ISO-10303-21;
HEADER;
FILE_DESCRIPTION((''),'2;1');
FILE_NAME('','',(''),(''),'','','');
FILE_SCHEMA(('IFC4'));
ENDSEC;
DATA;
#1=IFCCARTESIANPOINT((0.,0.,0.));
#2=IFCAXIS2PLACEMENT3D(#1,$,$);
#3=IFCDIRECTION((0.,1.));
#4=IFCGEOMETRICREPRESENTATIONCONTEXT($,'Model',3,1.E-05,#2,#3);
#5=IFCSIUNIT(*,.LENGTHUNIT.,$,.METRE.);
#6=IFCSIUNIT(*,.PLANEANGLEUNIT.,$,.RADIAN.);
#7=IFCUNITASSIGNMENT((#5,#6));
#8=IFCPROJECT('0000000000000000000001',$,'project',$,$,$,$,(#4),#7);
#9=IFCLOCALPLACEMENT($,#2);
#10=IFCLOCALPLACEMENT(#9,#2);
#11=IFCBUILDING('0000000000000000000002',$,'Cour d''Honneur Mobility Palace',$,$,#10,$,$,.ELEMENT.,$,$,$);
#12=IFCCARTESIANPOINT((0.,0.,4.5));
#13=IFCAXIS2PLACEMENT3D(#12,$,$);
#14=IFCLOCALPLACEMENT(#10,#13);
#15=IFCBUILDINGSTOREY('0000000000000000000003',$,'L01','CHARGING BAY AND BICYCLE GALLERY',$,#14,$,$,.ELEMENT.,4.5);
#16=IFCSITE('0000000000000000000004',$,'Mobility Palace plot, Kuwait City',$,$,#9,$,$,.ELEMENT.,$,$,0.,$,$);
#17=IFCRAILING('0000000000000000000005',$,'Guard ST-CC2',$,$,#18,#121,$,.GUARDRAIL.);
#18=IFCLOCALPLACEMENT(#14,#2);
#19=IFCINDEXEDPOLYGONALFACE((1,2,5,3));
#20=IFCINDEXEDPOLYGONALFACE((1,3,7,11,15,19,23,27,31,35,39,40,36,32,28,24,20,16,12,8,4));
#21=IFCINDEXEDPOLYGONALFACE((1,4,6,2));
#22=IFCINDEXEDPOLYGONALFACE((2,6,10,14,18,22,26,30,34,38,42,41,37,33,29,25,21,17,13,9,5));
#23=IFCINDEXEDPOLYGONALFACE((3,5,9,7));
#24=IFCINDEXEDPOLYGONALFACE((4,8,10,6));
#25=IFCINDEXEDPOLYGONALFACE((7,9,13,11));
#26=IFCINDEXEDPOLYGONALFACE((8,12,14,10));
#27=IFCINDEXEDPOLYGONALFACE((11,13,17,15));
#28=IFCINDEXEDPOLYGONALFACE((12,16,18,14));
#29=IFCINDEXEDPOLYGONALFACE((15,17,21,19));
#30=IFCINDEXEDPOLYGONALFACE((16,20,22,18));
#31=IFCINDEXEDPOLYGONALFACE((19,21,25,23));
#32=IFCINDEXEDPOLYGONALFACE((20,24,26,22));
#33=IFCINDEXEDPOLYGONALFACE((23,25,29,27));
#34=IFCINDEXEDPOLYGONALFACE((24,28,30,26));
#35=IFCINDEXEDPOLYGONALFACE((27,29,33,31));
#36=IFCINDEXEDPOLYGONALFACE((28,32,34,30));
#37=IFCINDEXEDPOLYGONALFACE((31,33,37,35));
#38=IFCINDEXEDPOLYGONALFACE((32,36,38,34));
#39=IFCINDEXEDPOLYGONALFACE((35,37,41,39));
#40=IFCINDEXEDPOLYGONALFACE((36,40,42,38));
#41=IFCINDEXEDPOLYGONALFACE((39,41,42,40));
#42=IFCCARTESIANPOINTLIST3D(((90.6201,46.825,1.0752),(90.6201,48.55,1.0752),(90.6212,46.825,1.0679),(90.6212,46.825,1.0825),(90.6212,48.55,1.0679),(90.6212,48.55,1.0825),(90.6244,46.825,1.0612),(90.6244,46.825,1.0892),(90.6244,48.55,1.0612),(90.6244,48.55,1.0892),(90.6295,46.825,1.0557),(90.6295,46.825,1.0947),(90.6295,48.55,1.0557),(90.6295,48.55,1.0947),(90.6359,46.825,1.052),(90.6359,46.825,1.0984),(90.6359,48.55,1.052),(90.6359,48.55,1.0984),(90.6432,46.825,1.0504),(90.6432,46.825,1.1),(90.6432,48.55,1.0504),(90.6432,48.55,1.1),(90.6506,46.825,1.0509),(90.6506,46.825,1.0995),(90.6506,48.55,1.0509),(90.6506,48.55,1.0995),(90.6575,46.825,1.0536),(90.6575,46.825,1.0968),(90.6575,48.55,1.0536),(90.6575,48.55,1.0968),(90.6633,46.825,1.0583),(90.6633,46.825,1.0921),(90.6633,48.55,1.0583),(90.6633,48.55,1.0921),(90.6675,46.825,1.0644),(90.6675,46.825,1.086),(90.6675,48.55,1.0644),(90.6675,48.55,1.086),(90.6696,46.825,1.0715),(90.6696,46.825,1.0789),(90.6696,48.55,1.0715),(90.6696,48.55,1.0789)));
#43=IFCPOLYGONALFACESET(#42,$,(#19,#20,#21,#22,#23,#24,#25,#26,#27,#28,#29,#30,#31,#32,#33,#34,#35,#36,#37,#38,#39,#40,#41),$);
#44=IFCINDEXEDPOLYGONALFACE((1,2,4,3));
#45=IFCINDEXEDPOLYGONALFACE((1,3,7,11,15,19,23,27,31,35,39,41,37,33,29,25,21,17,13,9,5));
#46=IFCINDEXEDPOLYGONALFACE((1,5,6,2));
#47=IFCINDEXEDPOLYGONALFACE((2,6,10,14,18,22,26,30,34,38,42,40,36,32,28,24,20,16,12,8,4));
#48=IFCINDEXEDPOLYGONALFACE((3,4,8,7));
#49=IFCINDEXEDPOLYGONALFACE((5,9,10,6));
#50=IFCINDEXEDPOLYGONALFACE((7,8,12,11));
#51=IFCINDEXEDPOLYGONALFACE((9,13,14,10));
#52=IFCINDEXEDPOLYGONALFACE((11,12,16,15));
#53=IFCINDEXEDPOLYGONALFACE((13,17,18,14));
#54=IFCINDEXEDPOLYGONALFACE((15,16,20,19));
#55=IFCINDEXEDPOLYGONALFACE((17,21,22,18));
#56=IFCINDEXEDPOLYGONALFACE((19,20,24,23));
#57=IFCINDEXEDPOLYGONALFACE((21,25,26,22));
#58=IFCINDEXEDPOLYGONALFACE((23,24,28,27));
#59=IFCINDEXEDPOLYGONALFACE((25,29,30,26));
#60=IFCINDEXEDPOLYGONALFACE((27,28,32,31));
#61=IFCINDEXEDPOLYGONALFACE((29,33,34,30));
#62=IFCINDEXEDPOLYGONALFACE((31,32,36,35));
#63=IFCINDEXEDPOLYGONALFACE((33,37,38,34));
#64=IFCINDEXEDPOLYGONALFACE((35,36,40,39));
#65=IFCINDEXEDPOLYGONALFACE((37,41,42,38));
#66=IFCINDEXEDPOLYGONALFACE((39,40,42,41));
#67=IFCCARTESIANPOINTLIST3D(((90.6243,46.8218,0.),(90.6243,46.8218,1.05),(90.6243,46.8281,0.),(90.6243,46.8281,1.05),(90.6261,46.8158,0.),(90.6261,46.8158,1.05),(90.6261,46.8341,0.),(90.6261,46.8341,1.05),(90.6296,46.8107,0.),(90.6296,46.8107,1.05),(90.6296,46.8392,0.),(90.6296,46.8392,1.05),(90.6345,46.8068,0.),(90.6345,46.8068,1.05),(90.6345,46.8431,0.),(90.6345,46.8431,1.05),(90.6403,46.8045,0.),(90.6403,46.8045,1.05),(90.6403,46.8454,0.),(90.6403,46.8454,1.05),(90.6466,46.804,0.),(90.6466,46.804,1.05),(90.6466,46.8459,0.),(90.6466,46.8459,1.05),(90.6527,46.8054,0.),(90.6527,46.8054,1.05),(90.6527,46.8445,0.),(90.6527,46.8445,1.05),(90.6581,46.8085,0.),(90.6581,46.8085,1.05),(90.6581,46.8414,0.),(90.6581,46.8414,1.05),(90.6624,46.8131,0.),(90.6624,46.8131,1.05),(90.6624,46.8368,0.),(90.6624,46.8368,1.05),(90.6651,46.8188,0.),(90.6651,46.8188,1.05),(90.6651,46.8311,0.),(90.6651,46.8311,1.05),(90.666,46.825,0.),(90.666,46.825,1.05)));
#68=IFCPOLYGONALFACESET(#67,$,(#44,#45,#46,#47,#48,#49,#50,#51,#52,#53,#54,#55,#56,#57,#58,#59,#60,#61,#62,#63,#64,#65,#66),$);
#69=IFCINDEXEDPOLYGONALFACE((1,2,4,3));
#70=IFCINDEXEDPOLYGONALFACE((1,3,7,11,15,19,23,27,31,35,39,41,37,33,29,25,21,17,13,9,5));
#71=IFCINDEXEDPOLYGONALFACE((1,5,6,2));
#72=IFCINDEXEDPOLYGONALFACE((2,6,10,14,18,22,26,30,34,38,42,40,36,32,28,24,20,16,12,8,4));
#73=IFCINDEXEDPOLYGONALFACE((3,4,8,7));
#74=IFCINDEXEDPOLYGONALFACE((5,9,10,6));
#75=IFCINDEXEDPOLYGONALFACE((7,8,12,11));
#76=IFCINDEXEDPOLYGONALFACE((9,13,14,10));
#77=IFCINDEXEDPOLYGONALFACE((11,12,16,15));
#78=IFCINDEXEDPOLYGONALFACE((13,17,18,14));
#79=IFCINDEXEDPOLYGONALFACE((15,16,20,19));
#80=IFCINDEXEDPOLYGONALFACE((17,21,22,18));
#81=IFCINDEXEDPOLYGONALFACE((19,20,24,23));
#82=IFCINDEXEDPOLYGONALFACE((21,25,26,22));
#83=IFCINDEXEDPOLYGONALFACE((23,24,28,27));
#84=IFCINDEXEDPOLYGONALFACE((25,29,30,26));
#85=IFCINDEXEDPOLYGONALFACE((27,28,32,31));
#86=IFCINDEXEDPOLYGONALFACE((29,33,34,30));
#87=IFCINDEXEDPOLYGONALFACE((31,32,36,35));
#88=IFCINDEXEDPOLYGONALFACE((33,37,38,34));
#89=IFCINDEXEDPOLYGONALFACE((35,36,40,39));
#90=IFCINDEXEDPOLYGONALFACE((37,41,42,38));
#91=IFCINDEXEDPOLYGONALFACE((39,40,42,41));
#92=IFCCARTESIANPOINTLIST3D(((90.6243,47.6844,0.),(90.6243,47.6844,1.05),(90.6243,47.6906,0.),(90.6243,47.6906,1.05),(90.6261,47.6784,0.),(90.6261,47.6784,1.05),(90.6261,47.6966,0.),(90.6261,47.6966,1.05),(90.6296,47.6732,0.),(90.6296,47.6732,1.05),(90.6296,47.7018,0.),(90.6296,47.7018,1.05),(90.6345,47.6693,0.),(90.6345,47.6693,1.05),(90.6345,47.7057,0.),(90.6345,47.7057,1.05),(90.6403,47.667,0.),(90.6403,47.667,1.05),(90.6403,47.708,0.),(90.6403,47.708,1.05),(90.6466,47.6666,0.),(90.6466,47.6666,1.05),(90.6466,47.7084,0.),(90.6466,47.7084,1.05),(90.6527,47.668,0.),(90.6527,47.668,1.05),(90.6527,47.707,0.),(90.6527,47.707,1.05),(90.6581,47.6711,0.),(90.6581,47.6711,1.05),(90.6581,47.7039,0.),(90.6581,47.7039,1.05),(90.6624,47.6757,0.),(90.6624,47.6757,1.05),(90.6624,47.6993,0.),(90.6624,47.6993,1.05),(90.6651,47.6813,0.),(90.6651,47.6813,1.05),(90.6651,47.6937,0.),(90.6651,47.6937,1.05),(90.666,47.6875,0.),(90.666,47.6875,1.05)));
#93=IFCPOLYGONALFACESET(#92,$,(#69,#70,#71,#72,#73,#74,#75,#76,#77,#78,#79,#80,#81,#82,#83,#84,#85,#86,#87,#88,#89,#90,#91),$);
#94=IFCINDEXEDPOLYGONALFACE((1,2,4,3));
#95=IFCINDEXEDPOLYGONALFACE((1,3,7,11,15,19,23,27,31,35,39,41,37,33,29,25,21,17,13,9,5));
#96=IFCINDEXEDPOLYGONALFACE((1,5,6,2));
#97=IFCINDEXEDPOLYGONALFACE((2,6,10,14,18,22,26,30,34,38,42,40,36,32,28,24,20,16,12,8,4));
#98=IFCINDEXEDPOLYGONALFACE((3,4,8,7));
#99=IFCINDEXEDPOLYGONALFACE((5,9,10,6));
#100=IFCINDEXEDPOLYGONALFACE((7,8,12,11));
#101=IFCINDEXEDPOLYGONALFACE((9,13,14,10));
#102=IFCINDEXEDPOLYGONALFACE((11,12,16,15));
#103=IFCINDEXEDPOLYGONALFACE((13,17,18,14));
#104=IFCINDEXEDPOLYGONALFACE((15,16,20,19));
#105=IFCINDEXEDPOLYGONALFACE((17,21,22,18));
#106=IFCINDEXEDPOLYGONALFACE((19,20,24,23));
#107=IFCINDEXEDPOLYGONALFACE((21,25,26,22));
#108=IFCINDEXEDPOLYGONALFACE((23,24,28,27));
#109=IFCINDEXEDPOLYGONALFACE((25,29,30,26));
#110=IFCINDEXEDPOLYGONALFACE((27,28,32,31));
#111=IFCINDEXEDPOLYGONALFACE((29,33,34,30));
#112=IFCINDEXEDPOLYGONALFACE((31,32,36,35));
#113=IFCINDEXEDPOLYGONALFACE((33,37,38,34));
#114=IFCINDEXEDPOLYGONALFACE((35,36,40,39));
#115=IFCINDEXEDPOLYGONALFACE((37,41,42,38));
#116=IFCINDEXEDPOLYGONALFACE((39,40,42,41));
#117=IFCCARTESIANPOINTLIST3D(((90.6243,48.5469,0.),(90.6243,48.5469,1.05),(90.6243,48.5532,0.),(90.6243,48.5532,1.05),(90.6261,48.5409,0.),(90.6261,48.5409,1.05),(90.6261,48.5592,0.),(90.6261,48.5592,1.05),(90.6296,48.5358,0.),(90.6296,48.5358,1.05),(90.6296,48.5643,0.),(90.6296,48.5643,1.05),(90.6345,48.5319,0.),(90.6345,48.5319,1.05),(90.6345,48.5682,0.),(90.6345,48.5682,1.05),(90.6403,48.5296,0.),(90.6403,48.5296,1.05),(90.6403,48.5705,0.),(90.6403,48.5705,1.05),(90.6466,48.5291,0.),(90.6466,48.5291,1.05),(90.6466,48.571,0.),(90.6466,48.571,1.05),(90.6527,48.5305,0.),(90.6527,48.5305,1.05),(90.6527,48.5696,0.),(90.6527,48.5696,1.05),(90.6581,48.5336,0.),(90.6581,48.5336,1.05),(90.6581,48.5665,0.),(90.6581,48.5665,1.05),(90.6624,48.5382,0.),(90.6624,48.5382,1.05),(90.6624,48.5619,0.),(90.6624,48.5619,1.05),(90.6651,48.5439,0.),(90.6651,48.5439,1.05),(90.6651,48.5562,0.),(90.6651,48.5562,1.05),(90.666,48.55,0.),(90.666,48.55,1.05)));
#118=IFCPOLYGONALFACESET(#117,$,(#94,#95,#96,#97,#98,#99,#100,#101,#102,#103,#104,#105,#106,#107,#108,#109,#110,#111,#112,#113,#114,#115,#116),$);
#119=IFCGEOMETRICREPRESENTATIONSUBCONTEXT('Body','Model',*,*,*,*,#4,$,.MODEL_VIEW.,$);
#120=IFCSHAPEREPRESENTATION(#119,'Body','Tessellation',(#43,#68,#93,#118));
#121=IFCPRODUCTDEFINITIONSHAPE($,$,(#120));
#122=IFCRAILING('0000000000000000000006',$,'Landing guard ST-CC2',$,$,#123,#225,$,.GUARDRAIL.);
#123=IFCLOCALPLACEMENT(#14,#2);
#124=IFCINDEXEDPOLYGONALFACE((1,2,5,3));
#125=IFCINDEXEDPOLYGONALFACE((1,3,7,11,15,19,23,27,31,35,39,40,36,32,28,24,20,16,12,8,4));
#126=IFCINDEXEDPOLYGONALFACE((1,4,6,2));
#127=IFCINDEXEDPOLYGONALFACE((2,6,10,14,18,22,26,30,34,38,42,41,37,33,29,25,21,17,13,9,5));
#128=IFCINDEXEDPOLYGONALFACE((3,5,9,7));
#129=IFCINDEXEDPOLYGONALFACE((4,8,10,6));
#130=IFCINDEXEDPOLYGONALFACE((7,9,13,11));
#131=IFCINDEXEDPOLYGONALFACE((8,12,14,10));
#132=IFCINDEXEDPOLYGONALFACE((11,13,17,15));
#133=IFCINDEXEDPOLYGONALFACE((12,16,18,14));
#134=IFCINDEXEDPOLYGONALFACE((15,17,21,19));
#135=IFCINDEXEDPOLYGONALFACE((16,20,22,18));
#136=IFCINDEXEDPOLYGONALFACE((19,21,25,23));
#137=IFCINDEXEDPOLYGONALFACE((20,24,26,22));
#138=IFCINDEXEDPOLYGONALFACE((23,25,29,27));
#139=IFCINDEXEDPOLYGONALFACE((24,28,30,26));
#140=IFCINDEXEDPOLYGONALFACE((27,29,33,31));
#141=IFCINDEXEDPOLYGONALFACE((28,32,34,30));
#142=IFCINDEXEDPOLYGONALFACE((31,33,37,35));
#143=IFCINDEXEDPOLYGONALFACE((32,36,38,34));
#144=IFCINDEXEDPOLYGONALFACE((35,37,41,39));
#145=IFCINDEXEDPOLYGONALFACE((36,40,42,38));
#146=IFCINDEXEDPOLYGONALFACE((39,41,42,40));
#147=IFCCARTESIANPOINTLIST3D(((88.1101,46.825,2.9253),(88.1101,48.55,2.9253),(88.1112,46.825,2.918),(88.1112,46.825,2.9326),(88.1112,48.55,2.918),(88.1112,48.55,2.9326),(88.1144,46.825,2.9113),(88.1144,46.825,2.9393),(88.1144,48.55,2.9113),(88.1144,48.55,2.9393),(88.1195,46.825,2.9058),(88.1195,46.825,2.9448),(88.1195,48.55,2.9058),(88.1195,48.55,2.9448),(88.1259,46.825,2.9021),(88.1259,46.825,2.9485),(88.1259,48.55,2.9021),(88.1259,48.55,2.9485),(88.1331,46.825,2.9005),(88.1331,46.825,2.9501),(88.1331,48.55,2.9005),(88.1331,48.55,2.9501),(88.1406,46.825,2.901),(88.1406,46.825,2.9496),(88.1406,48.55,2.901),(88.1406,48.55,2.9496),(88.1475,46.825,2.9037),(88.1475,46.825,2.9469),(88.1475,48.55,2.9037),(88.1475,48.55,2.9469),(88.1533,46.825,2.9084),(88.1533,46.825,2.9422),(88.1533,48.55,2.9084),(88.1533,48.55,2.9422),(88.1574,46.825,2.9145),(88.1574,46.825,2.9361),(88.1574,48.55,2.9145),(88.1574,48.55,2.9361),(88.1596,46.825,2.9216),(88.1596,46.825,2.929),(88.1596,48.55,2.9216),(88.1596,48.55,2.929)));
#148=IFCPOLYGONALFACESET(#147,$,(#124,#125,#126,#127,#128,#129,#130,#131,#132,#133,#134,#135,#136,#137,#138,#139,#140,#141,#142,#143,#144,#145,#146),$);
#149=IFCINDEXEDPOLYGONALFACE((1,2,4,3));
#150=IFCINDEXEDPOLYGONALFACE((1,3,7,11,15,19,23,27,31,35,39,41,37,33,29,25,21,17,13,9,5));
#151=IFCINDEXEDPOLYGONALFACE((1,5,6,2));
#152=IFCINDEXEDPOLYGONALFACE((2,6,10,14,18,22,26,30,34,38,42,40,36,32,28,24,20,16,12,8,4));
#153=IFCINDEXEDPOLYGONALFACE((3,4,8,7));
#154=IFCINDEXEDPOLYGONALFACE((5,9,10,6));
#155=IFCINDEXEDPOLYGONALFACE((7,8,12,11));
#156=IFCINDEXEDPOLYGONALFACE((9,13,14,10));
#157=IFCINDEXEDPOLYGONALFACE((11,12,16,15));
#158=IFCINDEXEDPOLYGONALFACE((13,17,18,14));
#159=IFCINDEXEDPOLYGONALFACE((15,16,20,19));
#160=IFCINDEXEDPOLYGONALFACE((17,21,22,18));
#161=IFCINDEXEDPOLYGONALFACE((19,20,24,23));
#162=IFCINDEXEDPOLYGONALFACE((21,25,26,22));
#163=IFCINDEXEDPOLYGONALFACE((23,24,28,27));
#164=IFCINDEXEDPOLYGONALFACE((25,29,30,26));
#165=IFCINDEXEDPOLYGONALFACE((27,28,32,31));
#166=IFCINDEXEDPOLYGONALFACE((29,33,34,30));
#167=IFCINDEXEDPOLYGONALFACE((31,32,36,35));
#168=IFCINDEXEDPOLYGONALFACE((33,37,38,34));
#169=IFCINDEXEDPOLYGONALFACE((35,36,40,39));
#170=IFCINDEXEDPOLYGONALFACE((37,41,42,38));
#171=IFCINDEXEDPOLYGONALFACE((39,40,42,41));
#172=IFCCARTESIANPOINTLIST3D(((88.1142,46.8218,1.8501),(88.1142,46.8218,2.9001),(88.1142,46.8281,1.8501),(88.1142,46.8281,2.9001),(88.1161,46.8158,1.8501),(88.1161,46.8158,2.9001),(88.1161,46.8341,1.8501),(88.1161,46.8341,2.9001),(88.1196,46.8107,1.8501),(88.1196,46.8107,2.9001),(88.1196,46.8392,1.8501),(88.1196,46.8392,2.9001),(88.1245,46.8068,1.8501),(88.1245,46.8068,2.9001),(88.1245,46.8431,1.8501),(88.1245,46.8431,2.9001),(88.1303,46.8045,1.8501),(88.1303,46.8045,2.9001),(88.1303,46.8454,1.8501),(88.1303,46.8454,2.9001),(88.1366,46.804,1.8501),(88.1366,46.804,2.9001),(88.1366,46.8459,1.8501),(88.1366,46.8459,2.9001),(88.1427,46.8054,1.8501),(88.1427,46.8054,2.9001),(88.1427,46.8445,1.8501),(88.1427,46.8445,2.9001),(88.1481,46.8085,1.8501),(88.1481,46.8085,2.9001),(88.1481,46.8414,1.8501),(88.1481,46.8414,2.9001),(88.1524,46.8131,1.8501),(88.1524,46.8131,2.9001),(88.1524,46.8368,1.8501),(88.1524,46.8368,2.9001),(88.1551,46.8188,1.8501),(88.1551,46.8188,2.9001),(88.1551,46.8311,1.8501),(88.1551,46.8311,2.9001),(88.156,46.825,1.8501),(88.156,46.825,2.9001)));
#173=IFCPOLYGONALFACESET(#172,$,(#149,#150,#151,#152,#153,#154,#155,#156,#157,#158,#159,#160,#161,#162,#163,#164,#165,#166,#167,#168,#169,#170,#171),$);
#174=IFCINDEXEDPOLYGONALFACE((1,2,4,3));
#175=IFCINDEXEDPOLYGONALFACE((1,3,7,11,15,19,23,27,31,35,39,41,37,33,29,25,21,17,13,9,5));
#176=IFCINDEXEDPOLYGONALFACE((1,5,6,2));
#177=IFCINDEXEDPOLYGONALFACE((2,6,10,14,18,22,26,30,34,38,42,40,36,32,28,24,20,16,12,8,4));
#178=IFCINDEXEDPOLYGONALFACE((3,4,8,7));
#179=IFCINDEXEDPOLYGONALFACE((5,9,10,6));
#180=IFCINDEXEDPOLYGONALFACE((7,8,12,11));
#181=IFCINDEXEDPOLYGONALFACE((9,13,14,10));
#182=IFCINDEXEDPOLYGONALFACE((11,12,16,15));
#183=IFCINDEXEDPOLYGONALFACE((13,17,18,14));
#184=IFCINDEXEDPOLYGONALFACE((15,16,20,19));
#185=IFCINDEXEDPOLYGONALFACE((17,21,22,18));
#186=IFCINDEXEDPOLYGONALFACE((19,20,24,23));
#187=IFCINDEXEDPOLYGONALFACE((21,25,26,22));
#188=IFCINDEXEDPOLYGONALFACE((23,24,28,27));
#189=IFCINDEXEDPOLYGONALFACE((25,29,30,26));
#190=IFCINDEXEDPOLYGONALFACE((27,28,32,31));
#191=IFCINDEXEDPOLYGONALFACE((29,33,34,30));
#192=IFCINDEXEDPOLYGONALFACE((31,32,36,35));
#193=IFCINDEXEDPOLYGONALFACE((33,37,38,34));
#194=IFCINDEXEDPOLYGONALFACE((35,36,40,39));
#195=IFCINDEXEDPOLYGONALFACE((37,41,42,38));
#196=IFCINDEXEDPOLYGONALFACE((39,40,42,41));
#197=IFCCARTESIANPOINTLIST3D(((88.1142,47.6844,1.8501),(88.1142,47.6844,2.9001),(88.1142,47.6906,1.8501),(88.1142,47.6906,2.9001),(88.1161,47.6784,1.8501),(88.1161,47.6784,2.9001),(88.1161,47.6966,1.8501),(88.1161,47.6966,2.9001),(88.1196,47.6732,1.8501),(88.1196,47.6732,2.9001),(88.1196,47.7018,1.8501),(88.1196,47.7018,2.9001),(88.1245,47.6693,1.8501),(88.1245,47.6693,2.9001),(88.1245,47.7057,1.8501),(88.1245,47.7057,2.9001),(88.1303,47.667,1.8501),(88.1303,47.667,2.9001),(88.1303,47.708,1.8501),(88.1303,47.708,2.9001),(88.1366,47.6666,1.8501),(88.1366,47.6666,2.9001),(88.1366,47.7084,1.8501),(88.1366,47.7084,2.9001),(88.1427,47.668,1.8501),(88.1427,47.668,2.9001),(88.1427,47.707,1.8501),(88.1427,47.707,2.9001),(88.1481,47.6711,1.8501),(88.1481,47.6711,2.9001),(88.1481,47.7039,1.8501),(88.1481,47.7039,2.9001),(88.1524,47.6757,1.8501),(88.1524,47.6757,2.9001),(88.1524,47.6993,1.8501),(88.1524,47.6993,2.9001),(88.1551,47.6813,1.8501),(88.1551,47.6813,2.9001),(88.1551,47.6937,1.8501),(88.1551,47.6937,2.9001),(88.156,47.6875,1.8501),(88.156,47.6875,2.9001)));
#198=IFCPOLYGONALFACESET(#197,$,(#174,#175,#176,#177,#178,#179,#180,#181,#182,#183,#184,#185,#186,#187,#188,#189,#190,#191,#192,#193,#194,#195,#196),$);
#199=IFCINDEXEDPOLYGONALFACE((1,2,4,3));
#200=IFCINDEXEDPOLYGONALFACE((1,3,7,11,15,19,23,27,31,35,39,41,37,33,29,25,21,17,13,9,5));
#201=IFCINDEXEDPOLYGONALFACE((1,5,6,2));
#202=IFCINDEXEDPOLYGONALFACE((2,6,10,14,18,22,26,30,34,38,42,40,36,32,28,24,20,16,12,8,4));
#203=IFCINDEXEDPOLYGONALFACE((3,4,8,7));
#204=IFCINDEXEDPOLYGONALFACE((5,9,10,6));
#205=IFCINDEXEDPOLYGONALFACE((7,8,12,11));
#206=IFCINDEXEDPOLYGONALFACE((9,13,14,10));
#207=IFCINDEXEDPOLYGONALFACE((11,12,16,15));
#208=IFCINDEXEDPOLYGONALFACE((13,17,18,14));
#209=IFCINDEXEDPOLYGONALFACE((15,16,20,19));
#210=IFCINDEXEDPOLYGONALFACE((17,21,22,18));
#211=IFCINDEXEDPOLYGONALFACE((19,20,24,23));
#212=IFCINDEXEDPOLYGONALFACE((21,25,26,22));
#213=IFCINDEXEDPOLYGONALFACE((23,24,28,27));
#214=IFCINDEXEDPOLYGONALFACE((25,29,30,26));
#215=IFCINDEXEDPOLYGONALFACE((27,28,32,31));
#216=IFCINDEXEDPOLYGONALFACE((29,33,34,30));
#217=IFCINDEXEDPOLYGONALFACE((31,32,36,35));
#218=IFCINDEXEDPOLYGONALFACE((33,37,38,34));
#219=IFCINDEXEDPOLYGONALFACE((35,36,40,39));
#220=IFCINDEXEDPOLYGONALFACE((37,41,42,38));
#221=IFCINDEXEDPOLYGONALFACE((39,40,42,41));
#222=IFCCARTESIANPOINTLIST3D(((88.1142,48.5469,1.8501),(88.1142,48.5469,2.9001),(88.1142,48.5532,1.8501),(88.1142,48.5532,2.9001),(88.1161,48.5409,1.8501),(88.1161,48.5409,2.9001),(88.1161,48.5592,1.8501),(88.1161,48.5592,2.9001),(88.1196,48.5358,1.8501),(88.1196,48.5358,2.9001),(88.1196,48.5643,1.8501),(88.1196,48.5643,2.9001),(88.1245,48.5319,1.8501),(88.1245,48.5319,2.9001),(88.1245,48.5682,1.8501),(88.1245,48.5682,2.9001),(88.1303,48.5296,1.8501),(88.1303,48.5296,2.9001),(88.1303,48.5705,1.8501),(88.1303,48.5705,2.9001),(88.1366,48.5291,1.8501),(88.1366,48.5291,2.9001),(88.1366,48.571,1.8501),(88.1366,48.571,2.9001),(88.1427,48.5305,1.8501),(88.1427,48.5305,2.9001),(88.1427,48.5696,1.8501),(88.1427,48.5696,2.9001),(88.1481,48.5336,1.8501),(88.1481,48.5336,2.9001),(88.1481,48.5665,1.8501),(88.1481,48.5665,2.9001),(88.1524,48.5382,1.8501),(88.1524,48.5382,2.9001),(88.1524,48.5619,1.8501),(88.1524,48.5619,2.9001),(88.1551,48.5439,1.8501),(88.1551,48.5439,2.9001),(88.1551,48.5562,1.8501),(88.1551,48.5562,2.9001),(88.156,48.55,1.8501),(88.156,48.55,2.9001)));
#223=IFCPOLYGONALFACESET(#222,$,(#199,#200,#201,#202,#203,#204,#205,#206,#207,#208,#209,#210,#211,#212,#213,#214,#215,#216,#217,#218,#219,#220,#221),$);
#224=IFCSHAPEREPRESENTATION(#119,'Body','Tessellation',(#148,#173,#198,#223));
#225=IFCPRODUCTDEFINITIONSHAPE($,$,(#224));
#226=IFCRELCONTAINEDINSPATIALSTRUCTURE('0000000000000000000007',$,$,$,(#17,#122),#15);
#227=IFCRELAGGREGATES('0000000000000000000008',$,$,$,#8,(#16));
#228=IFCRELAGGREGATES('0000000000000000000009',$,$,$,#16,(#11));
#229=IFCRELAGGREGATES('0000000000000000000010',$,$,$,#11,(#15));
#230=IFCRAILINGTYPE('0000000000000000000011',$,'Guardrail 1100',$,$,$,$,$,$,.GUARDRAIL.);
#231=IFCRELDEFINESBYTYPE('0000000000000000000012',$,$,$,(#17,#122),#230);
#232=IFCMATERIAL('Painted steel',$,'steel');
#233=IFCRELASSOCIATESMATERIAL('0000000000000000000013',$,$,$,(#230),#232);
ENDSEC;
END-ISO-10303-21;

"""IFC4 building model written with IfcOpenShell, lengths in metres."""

from ifc_helpers import new_model, si_unit, direction, frame, origin, origin_2d, place, context, subcontext, project, spatial, circle, extrude, material, type_object, element, save


model = new_model("IFC4")

# Units and contexts
model_context = context("Model", 3, precision=1e-05, world=origin(), true_north=direction((0.0, 1.0)))
body_context = subcontext(model_context, "Body", "Model", "MODEL_VIEW")
ifc_project = project(units=[si_unit("LENGTHUNIT", "METRE"), si_unit("PLANEANGLEUNIT", "RADIAN")], contexts=[model_context])

# Site, building, storey
site_placement = place(None, origin())
site = spatial("IfcSite", under=ifc_project, at=site_placement, Name="Mobility Palace plot, Kuwait City", CompositionType="ELEMENT", RefElevation=0.0)
building_placement = place(site_placement, origin())
building = spatial("IfcBuilding", under=site, at=building_placement, Name="Cour d'Honneur Mobility Palace", CompositionType="ELEMENT")
storey_placement = place(building_placement, frame((0.0, 0.0, 4.5)))
storey = spatial("IfcBuildingStorey", under=building, at=storey_placement, Name="L01", Description="CHARGING BAY AND BICYCLE GALLERY", CompositionType="ELEMENT", Elevation=4.5)

# Railings
ifc_material_1 = material(Name="Painted steel", Category="steel")
railing_type_1 = type_object("IfcRailingType", Name="Guardrail 1100", PredefinedType="GUARDRAIL", material=ifc_material_1)
for number, where, name in (
    (1, (90.645, 46.825, 0.0), "Guard ST-CC2"),
    (2, (88.135, 46.825, 1.8501), "Landing guard ST-CC2"),
):
    element("IfcRailing", number, at=place(storey_placement, frame(where)), inside=storey, type_object=railing_type_1, Name=name, PredefinedType="GUARDRAIL", context=body_context, shape_type="SweptSolid", body=[
        extrude(circle(Radius=0.0249, at=origin_2d()), frame((0.0, 0.0, 1.0752), z_axis=(0.0, 1.0, 0.0), x_axis=(-1.0, 0.0, 0.0)), (0.0, 0.0, 1.0), 1.7251),
        extrude(circle(Radius=0.021, at=origin_2d()), origin(), (0.0, 0.0, 1.0), 1.05),
        extrude(circle(Radius=0.021, at=origin_2d()), frame((0.0, 0.8625, 0.0)), (0.0, 0.0, 1.0), 1.05),
        extrude(circle(Radius=0.021, at=origin_2d()), frame((0.0, 1.7251, 0.0)), (0.0, 0.0, 1.0), 1.05),
    ])

save(model, "model.ifc")
